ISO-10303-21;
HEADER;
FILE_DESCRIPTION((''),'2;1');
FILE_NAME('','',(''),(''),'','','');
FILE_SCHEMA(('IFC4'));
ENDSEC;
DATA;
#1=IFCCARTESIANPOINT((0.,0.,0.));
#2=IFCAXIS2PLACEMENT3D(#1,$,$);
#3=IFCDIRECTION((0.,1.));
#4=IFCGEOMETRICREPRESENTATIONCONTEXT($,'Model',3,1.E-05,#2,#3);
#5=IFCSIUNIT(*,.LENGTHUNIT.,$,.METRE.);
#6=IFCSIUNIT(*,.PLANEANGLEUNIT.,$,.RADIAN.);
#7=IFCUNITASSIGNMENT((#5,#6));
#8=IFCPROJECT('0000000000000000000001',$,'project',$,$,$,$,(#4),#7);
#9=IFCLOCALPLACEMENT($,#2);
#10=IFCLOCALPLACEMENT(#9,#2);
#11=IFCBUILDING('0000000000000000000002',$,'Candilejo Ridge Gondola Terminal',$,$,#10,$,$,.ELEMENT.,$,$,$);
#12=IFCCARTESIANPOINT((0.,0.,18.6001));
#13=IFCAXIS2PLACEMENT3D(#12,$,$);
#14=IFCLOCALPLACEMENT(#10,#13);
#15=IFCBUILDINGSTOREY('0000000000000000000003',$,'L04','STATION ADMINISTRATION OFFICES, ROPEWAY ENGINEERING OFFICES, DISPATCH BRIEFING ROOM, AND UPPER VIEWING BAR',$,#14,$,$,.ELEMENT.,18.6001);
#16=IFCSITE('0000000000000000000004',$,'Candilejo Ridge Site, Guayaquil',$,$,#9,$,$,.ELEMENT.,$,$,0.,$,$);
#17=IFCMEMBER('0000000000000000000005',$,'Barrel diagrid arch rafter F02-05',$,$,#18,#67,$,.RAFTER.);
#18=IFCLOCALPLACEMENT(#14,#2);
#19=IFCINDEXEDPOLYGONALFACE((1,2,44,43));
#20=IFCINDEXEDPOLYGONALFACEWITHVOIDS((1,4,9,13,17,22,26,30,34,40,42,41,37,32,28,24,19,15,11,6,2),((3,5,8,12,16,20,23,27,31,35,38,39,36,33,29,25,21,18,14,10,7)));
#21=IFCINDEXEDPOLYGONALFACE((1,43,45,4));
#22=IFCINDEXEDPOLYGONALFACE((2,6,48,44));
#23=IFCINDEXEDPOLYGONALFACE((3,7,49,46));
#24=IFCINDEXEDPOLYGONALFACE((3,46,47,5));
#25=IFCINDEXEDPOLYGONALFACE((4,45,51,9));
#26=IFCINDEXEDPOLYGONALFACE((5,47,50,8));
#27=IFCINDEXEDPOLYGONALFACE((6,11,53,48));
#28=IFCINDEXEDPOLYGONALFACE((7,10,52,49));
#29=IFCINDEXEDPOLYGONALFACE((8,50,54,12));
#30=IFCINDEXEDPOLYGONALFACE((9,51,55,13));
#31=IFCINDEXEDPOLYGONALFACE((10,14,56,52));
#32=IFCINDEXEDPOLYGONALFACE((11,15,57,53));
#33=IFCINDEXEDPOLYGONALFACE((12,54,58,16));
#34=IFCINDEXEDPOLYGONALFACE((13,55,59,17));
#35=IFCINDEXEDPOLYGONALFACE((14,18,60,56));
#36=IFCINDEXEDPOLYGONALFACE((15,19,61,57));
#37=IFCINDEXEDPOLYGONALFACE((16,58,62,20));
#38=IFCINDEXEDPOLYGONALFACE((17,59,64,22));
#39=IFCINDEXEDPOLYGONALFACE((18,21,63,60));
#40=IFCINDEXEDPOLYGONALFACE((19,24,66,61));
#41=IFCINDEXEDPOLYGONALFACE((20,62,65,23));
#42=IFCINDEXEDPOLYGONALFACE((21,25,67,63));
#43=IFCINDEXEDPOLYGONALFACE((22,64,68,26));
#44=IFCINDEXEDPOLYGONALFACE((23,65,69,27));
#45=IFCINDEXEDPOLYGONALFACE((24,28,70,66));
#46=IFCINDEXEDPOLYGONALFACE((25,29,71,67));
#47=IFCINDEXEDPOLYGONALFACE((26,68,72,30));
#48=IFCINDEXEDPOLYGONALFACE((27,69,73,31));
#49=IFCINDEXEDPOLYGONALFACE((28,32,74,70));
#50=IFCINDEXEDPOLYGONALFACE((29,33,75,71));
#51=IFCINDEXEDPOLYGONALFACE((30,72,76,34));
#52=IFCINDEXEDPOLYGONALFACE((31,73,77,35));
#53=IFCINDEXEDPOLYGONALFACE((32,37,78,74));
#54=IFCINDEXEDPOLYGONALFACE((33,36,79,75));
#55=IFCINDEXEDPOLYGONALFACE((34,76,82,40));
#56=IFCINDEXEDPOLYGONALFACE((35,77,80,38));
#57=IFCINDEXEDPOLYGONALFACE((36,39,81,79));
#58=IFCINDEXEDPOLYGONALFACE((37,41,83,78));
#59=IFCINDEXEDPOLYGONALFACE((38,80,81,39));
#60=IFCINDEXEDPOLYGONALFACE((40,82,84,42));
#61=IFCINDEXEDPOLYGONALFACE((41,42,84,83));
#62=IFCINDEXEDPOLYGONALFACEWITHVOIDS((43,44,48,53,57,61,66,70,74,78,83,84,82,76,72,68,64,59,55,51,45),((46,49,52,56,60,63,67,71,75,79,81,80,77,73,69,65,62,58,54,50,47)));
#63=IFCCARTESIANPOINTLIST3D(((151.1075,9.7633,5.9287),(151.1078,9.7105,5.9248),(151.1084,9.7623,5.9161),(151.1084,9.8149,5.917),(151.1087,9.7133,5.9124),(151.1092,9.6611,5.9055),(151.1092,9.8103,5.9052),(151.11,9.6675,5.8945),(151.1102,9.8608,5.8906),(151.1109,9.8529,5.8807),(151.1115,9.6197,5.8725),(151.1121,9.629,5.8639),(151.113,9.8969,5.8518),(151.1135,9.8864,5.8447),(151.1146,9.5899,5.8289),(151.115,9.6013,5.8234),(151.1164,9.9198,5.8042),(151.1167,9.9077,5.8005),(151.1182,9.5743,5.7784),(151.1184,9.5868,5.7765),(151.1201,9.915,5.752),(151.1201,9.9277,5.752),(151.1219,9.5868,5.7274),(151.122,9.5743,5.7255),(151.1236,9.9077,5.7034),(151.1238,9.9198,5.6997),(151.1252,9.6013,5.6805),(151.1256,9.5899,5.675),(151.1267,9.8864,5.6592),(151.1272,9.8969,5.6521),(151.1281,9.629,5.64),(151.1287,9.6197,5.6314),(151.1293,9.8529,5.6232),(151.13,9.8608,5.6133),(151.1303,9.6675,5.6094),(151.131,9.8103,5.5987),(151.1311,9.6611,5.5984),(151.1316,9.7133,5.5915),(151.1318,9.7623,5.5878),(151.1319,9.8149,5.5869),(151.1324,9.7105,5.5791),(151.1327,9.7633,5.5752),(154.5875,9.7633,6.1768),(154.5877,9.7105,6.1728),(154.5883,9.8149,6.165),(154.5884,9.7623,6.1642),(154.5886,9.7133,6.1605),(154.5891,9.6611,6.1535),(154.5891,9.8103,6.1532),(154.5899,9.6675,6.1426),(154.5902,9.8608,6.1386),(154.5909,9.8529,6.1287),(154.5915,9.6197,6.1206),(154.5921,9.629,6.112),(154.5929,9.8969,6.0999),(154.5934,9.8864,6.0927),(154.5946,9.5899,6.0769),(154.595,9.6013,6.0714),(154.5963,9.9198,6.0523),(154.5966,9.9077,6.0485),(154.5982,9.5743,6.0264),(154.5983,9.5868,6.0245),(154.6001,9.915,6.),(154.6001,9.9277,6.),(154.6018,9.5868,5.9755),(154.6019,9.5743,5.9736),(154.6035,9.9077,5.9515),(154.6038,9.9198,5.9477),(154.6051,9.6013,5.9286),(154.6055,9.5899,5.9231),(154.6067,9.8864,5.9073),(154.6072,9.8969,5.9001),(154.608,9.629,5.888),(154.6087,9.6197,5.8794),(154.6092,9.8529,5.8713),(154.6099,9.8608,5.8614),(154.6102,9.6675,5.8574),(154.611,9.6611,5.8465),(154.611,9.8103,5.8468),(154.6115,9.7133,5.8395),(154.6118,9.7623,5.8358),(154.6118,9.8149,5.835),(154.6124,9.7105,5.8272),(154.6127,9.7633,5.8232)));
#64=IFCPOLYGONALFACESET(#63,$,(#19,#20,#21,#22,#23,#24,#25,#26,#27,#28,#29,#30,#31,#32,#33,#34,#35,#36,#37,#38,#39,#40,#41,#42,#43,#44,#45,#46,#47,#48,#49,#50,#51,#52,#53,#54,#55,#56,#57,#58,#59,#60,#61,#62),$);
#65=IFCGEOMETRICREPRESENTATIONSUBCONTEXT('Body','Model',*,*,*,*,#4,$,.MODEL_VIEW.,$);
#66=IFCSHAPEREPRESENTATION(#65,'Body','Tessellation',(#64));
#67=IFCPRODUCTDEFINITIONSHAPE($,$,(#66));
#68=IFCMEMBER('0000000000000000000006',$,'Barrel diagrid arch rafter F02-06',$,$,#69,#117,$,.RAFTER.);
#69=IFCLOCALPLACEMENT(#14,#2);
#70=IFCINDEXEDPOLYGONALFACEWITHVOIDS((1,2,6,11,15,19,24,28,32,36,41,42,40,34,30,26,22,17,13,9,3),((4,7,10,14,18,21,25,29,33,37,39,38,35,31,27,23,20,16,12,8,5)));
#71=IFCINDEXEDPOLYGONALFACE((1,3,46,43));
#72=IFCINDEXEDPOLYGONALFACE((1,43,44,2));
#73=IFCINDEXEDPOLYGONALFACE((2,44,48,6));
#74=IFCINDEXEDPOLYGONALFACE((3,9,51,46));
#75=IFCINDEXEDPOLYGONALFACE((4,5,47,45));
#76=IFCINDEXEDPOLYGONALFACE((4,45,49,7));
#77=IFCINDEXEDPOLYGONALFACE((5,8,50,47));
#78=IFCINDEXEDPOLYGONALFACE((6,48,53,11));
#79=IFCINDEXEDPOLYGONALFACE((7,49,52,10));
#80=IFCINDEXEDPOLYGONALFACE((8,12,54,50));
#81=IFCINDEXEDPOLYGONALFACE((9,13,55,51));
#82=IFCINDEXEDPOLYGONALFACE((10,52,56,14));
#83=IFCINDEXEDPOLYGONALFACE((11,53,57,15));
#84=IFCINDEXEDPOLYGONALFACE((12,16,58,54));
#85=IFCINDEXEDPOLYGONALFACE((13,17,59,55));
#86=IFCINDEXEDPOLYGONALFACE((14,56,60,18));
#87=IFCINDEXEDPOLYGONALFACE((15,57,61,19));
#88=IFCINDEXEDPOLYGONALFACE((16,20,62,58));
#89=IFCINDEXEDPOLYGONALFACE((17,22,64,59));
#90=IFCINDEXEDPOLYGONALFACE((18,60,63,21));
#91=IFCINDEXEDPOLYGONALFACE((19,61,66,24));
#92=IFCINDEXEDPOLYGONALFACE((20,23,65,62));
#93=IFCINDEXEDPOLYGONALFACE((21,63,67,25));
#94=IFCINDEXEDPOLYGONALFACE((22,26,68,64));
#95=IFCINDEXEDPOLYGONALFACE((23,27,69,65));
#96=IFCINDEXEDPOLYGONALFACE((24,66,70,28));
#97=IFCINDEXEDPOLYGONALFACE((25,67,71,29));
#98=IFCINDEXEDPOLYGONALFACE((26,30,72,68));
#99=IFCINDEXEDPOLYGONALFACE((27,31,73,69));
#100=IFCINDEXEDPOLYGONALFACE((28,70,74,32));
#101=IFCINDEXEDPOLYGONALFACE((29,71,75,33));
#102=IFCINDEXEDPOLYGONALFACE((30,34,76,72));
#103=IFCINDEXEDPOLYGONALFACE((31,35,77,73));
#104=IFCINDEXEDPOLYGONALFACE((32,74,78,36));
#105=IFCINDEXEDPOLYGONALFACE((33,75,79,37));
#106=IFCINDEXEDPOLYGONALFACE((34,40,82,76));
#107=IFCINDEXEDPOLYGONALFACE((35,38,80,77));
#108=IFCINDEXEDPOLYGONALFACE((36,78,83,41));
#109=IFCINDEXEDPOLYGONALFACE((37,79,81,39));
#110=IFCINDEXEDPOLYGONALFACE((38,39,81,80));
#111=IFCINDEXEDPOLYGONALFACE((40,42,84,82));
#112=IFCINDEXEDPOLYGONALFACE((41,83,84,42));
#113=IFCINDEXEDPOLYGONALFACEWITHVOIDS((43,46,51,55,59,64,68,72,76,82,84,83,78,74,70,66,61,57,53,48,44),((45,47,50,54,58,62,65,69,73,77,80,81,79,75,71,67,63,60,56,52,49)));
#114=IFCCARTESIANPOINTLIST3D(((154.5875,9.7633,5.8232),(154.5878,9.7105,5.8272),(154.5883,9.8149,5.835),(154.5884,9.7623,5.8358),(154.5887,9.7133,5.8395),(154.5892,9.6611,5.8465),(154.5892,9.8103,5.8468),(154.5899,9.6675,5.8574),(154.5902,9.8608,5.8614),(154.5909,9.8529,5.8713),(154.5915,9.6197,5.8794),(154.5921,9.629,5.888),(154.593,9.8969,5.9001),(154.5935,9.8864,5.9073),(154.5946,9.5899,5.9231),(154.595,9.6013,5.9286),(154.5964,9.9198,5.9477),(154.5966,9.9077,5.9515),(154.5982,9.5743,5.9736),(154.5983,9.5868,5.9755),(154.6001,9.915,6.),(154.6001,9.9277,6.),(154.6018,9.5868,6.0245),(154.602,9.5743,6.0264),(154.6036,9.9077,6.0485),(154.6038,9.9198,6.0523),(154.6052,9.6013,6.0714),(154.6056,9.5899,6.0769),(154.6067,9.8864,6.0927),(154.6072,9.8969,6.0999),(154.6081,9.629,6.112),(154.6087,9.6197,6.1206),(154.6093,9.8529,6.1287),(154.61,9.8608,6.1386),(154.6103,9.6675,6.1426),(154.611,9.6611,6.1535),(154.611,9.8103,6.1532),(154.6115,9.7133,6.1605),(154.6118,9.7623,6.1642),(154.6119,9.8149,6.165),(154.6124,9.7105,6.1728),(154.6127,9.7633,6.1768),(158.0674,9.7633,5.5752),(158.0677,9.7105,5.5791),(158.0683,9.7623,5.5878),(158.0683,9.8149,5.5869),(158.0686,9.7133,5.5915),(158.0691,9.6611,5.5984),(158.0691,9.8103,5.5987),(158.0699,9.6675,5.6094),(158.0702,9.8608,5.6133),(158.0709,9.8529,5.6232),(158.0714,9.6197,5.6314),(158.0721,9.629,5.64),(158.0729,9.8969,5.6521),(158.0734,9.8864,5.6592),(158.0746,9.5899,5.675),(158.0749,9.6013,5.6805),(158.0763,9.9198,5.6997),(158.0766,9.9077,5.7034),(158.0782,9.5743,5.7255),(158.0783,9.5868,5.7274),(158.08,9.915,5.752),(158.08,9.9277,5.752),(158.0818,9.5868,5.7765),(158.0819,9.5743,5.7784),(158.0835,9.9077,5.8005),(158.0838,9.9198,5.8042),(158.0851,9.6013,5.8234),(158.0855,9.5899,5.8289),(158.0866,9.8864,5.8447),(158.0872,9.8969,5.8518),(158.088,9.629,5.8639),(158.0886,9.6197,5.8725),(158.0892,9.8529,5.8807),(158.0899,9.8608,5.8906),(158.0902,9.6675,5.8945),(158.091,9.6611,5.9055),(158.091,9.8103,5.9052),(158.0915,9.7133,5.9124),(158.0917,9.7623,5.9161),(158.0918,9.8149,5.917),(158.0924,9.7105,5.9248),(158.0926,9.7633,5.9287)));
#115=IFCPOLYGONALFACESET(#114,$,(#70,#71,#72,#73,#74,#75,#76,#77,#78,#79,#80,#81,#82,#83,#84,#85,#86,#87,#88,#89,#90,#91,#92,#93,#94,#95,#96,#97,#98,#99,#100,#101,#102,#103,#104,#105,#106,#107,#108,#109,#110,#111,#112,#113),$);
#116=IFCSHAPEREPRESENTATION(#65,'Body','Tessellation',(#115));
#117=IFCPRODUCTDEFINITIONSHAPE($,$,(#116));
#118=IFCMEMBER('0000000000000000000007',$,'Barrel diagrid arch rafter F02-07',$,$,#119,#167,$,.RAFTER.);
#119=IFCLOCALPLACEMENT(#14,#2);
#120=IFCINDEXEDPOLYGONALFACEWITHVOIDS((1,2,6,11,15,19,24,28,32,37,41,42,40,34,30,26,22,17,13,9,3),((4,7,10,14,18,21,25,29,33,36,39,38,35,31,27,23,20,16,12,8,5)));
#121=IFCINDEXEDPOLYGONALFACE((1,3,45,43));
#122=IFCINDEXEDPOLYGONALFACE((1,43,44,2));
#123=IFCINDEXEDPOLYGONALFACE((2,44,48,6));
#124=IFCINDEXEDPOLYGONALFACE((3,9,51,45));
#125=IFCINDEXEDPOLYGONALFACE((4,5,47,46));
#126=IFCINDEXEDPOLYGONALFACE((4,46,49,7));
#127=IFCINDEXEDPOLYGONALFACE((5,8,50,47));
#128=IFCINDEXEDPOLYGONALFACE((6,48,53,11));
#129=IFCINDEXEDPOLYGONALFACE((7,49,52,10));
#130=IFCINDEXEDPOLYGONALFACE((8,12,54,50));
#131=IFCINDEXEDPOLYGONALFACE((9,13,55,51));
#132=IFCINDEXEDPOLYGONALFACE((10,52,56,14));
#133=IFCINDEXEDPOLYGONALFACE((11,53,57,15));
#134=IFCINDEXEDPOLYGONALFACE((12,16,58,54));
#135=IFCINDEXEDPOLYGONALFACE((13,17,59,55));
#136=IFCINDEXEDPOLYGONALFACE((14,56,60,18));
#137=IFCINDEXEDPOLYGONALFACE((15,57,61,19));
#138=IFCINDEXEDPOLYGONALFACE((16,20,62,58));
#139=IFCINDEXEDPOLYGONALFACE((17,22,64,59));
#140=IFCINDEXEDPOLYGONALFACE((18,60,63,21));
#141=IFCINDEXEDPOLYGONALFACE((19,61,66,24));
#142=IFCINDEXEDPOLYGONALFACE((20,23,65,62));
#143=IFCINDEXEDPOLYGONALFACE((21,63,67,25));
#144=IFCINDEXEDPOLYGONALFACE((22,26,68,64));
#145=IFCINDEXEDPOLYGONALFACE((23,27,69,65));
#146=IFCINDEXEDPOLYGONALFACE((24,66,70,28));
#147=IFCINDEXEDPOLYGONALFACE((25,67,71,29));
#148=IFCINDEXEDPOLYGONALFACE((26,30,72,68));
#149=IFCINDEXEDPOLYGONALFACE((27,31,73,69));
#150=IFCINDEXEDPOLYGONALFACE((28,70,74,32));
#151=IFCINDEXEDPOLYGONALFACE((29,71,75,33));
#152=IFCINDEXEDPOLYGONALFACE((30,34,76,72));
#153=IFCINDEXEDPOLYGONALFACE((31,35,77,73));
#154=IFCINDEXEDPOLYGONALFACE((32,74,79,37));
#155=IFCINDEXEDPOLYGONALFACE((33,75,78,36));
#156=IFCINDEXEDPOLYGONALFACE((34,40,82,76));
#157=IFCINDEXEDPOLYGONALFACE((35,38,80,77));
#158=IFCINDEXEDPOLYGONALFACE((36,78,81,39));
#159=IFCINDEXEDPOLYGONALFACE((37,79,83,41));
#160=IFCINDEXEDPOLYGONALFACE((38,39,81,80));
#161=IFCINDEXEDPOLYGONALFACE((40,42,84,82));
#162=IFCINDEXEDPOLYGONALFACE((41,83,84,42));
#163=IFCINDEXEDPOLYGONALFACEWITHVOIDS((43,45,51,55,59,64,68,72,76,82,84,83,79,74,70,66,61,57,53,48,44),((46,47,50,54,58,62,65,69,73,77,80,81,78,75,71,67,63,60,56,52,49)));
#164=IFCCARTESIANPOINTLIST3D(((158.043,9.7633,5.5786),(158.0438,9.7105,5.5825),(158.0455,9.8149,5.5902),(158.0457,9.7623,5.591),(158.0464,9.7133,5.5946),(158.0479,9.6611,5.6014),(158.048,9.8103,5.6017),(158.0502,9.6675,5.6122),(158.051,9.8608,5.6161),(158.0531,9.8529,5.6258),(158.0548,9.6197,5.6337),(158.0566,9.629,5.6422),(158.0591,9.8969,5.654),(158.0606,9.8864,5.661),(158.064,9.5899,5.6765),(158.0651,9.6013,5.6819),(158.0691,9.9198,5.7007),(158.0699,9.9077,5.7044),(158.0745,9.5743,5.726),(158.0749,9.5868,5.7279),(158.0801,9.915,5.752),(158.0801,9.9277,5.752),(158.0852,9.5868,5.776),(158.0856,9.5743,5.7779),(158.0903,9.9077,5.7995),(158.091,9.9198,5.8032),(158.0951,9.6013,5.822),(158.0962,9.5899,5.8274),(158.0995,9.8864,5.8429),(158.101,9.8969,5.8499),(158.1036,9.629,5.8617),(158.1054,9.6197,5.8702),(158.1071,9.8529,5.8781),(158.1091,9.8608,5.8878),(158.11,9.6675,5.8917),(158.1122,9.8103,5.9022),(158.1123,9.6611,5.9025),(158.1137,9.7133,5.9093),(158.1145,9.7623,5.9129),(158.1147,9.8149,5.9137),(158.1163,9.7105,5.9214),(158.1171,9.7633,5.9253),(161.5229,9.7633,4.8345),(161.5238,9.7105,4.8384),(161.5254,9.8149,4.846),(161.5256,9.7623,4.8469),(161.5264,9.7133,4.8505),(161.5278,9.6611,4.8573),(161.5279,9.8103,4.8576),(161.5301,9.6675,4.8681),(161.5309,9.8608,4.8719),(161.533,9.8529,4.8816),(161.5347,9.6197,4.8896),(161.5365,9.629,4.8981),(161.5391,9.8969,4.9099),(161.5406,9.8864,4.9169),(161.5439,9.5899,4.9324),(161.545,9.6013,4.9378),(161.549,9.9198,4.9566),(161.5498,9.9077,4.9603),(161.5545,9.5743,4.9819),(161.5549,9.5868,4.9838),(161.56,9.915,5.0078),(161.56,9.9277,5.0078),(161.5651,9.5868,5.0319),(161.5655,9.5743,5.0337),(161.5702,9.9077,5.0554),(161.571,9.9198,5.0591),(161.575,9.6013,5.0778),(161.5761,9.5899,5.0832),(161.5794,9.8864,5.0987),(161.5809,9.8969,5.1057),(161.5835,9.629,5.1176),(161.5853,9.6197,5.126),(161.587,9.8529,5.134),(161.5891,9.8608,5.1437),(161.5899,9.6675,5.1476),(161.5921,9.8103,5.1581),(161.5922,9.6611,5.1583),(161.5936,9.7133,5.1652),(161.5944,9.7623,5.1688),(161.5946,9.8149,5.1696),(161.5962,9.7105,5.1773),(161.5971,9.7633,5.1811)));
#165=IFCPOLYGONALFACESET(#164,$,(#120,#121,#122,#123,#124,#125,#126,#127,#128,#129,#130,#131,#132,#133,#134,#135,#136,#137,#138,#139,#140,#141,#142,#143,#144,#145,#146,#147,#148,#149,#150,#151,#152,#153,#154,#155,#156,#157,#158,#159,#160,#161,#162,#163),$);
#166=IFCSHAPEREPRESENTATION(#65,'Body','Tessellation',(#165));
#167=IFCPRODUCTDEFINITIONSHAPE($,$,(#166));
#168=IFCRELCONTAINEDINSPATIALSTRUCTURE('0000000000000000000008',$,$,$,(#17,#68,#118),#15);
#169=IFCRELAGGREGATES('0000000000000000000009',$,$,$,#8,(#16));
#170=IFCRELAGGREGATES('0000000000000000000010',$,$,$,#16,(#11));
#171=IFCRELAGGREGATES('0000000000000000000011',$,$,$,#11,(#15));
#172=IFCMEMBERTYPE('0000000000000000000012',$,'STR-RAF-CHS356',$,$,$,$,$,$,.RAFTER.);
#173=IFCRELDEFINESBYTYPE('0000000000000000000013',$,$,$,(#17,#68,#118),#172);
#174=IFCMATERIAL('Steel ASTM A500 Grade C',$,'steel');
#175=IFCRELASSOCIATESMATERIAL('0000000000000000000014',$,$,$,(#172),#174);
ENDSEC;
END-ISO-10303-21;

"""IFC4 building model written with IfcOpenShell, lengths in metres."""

from ifc_helpers import new_model, si_unit, direction, frame, origin, origin_2d, place, context, subcontext, project, spatial, hollow_circle, extrude, material, material_profile, profile_set, type_object, element, save


model = new_model("IFC4")

# Units and contexts
model_context = context("Model", 3, precision=1e-05, world=origin(), true_north=direction((0.0, 1.0)))
body_context = subcontext(model_context, "Body", "Model", "MODEL_VIEW")
ifc_project = project(units=[si_unit("LENGTHUNIT", "METRE"), si_unit("PLANEANGLEUNIT", "RADIAN")], contexts=[model_context])

# Site, building, storey
site_placement = place(None, origin())
site = spatial("IfcSite", under=ifc_project, at=site_placement, Name="Candilejo Ridge Site, Guayaquil", CompositionType="ELEMENT", RefElevation=0.0)
building_placement = place(site_placement, origin())
building = spatial("IfcBuilding", under=site, at=building_placement, Name="Candilejo Ridge Gondola Terminal", CompositionType="ELEMENT")
storey_placement = place(building_placement, frame((0.0, 0.0, 18.6001)))
storey = spatial("IfcBuildingStorey", under=building, at=storey_placement, Name="L04", Description="STATION ADMINISTRATION OFFICES, ROPEWAY ENGINEERING OFFICES, DISPATCH BRIEFING ROOM, AND UPPER VIEWING BAR", CompositionType="ELEMENT", Elevation=18.6001)

# Members
ifc_material_1 = material(Name="Steel ASTM A500 Grade C", Category="steel")
ifc_material_profile_1 = material_profile(ifc_material_1, hollow_circle(Radius=0.1777, WallThickness=0.0127, at=origin_2d()))
ifc_profile_set_1 = profile_set([ifc_material_profile_1], Name="Steel ASTM A500 Grade C")
member_type_1 = type_object("IfcMemberType", Name="STR-RAF-CHS356", PredefinedType="RAFTER", material=ifc_profile_set_1)
for number, where, z_axis, x_axis, name in (
    (1, (151.1201, 9.75, 5.752), (0.997469, 0.0, 0.071098), (0.0, 1.0, 0.0), "Barrel diagrid arch rafter F02-05"),
    (2, (154.6001, 9.75, 6.0), (0.997469, 0.0, -0.071098), (0.0, 1.0, 0.0), "Barrel diagrid arch rafter F02-06"),
):
    element("IfcMember", number, at=place(storey_placement, frame(where, z_axis=z_axis, x_axis=x_axis)), inside=storey, type_object=member_type_1, Name=name, PredefinedType="RAFTER", context=body_context, shape_type="SweptSolid", body=[
        extrude(hollow_circle(Radius=0.1777, WallThickness=0.0127, at=origin_2d()), origin(), (0.0, 0.0, 1.0), 3.4888),
    ])
member_1_placement = place(storey_placement, frame((158.0801, 9.75, 5.752), z_axis=(0.977893, 0.0, -0.209107), x_axis=(0.0, 1.0, 0.0)))
element("IfcMember", 3, at=member_1_placement, inside=storey, type_object=member_type_1, Name="Barrel diagrid arch rafter F02-07", PredefinedType="RAFTER", context=body_context, shape_type="SweptSolid", body=[
    extrude(hollow_circle(Radius=0.1777, WallThickness=0.0127, at=origin_2d()), origin(), (0.0, 0.0, 1.0), 3.5586),
])

save(model, "model.ifc")
